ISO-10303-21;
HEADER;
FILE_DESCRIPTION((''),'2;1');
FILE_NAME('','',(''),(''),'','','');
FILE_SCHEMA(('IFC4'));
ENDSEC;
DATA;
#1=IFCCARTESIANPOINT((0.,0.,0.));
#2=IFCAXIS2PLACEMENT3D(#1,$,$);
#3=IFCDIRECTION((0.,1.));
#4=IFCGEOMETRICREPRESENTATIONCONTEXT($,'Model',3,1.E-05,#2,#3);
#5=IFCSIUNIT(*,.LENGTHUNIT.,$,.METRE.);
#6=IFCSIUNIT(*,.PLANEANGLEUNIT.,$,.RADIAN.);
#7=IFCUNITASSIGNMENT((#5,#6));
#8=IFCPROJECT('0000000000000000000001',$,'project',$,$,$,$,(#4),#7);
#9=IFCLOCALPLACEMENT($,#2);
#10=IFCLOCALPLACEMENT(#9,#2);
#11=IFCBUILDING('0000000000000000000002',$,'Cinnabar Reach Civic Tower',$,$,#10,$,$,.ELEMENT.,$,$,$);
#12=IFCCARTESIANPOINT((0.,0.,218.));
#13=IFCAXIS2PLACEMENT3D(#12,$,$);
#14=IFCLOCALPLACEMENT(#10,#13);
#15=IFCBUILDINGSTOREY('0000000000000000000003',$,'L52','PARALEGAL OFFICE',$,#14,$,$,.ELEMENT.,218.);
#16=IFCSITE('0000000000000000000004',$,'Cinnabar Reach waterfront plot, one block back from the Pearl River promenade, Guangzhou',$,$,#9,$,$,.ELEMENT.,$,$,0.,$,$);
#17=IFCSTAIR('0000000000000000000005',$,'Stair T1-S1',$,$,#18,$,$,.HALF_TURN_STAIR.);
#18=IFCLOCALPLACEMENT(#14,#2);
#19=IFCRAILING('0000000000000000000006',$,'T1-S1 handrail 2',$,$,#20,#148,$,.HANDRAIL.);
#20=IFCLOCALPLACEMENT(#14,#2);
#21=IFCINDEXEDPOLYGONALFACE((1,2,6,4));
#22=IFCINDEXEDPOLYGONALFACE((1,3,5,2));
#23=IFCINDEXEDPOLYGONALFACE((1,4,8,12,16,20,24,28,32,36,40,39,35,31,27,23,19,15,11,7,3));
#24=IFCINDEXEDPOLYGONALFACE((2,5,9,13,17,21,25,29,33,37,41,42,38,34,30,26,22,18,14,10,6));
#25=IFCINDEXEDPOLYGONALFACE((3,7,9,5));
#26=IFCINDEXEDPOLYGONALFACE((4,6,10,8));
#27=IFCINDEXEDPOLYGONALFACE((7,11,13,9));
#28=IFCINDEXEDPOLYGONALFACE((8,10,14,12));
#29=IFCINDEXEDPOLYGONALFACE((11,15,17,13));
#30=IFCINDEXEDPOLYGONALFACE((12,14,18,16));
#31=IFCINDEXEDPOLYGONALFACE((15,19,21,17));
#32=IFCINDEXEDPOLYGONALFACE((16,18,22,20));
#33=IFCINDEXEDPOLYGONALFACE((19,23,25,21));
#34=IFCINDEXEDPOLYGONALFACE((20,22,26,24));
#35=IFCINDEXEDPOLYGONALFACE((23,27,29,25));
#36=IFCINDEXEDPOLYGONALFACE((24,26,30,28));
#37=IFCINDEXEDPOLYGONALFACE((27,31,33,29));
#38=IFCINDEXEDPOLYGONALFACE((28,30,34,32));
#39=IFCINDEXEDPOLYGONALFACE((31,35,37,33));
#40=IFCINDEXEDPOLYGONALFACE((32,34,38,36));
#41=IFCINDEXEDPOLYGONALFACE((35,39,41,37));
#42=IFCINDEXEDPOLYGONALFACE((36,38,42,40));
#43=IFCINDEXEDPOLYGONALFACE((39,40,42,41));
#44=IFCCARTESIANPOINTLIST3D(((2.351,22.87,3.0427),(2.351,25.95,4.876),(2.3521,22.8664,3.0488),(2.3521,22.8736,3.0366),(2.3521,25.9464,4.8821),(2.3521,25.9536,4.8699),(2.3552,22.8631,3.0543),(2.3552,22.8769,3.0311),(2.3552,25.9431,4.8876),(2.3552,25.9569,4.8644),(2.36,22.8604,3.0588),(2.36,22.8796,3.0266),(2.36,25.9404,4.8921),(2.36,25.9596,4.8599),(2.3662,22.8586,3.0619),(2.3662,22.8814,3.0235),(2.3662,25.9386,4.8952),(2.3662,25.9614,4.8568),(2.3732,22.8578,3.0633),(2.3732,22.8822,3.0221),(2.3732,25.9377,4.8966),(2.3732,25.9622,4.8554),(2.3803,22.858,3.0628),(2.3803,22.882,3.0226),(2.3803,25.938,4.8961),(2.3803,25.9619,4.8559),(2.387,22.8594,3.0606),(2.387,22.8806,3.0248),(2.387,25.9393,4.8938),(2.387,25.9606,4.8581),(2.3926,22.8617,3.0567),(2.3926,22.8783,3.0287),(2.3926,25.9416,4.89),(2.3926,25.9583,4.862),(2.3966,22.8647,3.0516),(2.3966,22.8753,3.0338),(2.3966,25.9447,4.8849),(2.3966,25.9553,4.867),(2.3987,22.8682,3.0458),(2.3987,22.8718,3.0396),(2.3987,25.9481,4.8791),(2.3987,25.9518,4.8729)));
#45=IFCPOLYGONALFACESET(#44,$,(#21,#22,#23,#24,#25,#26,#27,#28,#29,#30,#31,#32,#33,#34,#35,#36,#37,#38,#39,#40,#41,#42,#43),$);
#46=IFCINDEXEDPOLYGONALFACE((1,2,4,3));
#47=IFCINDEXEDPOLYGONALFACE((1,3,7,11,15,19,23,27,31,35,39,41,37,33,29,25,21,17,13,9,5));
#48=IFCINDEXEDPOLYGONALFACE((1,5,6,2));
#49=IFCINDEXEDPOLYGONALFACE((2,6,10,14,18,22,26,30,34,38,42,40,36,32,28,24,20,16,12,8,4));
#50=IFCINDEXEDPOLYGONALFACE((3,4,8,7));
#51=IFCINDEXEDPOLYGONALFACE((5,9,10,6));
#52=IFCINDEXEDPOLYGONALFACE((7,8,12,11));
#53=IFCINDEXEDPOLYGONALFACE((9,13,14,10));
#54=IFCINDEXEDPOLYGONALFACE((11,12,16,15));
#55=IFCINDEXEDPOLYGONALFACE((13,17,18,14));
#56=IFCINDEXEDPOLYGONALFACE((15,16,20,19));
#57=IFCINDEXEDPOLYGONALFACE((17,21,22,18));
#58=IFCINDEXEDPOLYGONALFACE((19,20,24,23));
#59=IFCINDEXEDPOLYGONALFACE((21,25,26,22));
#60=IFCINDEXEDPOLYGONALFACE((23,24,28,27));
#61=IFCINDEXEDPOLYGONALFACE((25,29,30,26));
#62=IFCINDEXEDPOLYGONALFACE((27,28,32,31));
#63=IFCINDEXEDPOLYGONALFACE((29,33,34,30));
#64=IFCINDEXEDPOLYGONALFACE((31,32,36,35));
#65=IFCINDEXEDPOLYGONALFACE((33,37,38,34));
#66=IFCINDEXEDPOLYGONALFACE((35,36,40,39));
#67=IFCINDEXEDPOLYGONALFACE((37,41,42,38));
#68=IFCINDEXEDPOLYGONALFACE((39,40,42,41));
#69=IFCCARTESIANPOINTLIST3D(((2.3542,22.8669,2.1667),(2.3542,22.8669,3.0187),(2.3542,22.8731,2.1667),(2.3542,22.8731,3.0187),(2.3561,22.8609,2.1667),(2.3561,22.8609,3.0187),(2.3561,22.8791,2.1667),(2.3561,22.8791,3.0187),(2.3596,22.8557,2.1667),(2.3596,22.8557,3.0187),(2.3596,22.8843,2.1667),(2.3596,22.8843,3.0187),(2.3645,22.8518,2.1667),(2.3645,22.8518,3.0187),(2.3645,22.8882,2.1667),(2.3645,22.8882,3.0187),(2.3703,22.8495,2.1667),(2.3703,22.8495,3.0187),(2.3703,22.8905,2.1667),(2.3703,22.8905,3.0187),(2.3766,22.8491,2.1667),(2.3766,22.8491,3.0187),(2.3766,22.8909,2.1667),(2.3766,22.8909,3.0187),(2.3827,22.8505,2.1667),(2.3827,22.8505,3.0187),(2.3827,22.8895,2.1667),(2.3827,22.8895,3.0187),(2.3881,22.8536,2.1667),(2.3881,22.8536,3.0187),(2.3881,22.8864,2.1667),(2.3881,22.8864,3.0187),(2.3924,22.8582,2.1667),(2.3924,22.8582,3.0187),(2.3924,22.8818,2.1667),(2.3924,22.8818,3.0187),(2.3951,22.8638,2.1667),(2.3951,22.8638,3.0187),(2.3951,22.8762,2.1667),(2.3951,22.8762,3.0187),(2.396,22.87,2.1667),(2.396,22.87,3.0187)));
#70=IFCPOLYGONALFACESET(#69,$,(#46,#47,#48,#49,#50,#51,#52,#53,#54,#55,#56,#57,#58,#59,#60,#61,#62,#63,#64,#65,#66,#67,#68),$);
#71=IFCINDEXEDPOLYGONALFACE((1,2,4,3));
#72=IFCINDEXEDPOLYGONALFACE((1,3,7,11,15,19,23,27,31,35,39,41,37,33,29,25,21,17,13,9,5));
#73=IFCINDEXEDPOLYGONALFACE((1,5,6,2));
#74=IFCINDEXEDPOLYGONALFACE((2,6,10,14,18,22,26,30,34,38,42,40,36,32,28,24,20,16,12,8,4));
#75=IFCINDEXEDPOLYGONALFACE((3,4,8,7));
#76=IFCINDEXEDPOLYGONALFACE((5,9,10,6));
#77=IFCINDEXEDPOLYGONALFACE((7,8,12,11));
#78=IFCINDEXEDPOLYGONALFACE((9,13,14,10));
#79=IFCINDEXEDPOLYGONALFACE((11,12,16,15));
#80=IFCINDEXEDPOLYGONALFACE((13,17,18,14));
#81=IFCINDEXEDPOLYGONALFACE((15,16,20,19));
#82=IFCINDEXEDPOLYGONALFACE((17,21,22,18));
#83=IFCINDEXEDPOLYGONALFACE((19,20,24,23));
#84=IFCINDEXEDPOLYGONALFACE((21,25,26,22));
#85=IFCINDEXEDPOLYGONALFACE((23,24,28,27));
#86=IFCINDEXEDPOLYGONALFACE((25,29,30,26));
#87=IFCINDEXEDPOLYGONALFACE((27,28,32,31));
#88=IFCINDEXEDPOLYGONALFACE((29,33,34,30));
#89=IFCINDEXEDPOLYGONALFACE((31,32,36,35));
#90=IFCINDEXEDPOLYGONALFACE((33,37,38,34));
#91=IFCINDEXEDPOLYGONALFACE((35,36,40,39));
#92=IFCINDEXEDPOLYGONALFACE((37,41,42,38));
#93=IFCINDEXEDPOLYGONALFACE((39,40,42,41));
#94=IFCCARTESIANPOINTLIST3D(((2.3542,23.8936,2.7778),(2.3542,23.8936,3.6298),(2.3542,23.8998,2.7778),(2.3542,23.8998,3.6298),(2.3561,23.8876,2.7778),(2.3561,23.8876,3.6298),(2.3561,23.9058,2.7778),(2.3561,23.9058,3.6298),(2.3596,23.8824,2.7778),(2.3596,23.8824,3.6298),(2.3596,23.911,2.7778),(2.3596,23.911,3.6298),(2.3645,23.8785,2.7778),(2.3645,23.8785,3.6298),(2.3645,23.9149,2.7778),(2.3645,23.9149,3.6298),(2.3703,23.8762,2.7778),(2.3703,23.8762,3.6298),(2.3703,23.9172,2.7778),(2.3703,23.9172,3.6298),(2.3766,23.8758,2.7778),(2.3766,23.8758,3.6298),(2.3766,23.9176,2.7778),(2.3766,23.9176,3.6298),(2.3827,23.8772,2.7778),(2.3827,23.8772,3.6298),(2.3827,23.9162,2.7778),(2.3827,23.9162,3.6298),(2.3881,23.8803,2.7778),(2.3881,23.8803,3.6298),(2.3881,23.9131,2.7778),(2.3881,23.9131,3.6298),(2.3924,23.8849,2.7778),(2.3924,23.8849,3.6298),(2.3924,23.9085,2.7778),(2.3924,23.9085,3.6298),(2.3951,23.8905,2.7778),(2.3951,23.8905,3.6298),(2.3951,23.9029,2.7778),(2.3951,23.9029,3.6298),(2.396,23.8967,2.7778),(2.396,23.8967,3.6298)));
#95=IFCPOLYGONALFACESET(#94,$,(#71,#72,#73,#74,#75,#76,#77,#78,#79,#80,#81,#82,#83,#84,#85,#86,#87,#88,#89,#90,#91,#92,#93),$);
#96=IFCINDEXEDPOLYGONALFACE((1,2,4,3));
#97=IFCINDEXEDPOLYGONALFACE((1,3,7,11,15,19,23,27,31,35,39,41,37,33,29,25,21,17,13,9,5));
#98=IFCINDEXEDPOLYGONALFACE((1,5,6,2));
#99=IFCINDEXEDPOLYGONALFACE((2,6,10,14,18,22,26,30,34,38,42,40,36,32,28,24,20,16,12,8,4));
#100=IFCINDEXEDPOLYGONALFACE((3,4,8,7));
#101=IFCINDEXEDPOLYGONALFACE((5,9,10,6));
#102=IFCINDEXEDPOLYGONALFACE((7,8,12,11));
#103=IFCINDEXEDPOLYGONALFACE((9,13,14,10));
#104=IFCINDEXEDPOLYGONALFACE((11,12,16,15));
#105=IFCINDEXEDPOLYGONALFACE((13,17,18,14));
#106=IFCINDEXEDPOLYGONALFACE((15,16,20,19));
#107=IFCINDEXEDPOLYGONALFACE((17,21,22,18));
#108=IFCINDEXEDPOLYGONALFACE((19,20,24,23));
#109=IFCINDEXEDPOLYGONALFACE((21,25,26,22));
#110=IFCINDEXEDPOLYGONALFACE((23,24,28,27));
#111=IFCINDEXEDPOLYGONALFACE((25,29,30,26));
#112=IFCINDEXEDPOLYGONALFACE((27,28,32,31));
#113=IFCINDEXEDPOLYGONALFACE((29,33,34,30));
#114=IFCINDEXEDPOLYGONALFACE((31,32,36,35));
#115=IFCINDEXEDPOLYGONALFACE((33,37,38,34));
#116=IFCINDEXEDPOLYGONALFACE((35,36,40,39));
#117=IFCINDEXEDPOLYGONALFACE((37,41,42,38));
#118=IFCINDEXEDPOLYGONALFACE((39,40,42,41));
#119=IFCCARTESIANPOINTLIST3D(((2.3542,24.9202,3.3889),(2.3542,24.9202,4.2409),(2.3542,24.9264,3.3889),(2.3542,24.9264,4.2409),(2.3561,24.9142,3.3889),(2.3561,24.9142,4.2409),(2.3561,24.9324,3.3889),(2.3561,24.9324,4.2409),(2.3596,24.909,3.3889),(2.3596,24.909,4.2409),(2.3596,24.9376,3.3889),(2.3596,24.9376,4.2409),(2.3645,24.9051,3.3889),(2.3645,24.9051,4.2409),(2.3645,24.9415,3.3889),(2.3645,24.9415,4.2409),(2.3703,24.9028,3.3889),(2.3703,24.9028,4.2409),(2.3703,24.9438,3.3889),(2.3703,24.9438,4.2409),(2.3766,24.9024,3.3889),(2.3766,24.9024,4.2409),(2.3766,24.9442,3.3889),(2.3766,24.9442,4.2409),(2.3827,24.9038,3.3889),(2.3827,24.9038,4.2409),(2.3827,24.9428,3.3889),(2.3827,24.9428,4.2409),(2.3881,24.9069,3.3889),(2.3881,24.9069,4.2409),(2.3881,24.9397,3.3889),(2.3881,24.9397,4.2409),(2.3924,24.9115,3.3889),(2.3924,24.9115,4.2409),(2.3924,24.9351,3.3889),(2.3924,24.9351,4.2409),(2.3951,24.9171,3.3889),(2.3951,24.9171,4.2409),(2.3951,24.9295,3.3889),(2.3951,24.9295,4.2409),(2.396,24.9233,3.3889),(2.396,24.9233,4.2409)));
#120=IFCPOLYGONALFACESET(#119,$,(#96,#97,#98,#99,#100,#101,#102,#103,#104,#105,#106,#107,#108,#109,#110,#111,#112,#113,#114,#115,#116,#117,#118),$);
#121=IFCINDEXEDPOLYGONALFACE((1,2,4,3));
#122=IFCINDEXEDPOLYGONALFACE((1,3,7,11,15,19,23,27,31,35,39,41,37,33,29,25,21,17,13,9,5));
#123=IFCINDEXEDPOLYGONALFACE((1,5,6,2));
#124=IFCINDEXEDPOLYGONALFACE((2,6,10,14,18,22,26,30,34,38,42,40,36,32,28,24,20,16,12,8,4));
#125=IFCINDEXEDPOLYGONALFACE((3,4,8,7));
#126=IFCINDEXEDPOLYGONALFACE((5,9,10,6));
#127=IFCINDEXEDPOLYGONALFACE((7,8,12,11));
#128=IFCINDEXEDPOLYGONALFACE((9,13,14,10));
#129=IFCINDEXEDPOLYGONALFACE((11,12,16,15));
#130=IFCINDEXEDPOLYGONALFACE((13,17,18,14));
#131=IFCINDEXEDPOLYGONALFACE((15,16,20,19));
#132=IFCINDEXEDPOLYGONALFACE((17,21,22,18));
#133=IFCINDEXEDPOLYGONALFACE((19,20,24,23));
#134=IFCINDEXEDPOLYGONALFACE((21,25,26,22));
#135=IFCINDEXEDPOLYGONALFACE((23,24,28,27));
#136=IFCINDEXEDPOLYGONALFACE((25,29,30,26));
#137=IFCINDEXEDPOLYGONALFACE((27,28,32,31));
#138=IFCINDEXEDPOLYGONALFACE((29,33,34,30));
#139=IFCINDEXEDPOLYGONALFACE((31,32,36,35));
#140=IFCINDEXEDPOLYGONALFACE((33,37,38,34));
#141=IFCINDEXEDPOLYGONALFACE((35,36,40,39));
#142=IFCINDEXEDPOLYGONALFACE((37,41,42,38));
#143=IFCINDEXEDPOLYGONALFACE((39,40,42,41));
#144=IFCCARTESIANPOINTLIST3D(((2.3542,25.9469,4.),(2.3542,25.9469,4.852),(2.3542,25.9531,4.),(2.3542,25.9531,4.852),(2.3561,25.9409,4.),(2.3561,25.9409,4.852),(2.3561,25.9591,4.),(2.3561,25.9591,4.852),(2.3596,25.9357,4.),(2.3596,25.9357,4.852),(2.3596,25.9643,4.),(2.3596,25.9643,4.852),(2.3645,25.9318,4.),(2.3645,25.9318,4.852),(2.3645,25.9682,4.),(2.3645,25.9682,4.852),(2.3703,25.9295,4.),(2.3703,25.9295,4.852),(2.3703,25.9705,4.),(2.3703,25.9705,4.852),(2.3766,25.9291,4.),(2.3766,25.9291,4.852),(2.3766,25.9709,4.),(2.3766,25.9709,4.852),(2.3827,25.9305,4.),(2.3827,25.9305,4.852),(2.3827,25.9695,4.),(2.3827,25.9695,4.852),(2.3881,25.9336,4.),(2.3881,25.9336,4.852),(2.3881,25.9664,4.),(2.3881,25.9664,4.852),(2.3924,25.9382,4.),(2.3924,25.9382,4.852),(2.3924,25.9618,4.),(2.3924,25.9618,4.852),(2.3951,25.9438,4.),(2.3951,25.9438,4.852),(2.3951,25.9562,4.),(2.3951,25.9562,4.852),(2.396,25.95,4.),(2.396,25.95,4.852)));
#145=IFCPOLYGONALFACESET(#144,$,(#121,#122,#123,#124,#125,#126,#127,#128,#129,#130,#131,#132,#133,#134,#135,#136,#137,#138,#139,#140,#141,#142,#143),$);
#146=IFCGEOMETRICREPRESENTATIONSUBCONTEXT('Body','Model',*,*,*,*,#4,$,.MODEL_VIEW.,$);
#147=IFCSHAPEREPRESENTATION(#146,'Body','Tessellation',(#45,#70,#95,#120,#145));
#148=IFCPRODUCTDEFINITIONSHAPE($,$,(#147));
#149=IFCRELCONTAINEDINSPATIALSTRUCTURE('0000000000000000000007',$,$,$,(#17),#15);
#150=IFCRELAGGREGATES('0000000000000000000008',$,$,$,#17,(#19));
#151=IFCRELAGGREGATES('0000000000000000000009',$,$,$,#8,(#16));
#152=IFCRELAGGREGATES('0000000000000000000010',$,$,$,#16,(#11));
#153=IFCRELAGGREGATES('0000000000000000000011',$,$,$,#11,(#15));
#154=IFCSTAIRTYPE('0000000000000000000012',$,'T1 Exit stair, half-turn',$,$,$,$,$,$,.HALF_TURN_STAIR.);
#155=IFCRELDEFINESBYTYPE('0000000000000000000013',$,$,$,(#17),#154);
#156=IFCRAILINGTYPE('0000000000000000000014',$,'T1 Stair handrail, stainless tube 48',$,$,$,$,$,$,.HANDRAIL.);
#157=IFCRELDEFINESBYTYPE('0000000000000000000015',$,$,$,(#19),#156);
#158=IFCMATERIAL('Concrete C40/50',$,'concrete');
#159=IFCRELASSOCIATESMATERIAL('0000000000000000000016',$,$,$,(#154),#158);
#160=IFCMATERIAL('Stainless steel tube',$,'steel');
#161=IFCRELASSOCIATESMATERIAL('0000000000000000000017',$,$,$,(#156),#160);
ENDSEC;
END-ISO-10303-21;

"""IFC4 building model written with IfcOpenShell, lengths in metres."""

from ifc_helpers import new_model, si_unit, direction, frame, origin, origin_2d, place, context, subcontext, project, spatial, circle, extrude, material, type_object, element, aggregate, save


model = new_model("IFC4")

# Units and contexts
model_context = context("Model", 3, precision=1e-05, world=origin(), true_north=direction((0.0, 1.0)))
body_context = subcontext(model_context, "Body", "Model", "MODEL_VIEW")
ifc_project = project(units=[si_unit("LENGTHUNIT", "METRE"), si_unit("PLANEANGLEUNIT", "RADIAN")], contexts=[model_context])

# Site, building, storey
site_placement = place(None, origin())
site = spatial("IfcSite", under=ifc_project, at=site_placement, Name="Cinnabar Reach waterfront plot, one block back from the Pearl River promenade, Guangzhou", CompositionType="ELEMENT", RefElevation=0.0)
building_placement = place(site_placement, origin())
building = spatial("IfcBuilding", under=site, at=building_placement, Name="Cinnabar Reach Civic Tower", CompositionType="ELEMENT")
storey_placement = place(building_placement, frame((0.0, 0.0, 218.0)))
storey = spatial("IfcBuildingStorey", under=building, at=storey_placement, Name="L52", Description="PARALEGAL OFFICE", CompositionType="ELEMENT", Elevation=218.0)

# Shared definitions
ifc_material_1 = material(Name="Concrete C40/50", Category="concrete")

# Stair, railing
stair_type = type_object("IfcStairType", Name="T1 Exit stair, half-turn", PredefinedType="HALF_TURN_STAIR", material=ifc_material_1)
stair_placement = place(storey_placement, origin())
stair = element("IfcStair", 1, at=stair_placement, inside=storey, type_object=stair_type, Name="Stair T1-S1", PredefinedType="HALF_TURN_STAIR")
ifc_material_2 = material(Name="Stainless steel tube", Category="steel")
railing_type = type_object("IfcRailingType", Name="T1 Stair handrail, stainless tube 48", PredefinedType="HANDRAIL", material=ifc_material_2)
railing_1_placement = place(storey_placement, frame((2.375, 22.87, 2.1667)))
railing_1 = element("IfcRailing", 2, at=railing_1_placement, type_object=railing_type, Name="T1-S1 handrail 2", PredefinedType="HANDRAIL", context=body_context, shape_type="SweptSolid", body=[
    extrude(circle(Radius=0.024, at=origin_2d()), frame((0.0, 0.0, 0.876), z_axis=(0.0, 0.859297, 0.511477), x_axis=(-1.0, 0.0, 0.0)), (0.0, 0.0, 1.0), 3.5843),
    extrude(circle(Radius=0.021, at=origin_2d()), origin(), (0.0, 0.0, 1.0), 0.852),
    extrude(circle(Radius=0.021, at=origin_2d()), frame((0.0, 1.0267, 0.6111)), (0.0, 0.0, 1.0), 0.852),
    extrude(circle(Radius=0.021, at=origin_2d()), frame((0.0, 2.0533, 1.2222)), (0.0, 0.0, 1.0), 0.852),
    extrude(circle(Radius=0.021, at=origin_2d()), frame((0.0, 3.08, 1.8333)), (0.0, 0.0, 1.0), 0.852),
])
aggregate(stair, [railing_1])

save(model, "model.ifc")
